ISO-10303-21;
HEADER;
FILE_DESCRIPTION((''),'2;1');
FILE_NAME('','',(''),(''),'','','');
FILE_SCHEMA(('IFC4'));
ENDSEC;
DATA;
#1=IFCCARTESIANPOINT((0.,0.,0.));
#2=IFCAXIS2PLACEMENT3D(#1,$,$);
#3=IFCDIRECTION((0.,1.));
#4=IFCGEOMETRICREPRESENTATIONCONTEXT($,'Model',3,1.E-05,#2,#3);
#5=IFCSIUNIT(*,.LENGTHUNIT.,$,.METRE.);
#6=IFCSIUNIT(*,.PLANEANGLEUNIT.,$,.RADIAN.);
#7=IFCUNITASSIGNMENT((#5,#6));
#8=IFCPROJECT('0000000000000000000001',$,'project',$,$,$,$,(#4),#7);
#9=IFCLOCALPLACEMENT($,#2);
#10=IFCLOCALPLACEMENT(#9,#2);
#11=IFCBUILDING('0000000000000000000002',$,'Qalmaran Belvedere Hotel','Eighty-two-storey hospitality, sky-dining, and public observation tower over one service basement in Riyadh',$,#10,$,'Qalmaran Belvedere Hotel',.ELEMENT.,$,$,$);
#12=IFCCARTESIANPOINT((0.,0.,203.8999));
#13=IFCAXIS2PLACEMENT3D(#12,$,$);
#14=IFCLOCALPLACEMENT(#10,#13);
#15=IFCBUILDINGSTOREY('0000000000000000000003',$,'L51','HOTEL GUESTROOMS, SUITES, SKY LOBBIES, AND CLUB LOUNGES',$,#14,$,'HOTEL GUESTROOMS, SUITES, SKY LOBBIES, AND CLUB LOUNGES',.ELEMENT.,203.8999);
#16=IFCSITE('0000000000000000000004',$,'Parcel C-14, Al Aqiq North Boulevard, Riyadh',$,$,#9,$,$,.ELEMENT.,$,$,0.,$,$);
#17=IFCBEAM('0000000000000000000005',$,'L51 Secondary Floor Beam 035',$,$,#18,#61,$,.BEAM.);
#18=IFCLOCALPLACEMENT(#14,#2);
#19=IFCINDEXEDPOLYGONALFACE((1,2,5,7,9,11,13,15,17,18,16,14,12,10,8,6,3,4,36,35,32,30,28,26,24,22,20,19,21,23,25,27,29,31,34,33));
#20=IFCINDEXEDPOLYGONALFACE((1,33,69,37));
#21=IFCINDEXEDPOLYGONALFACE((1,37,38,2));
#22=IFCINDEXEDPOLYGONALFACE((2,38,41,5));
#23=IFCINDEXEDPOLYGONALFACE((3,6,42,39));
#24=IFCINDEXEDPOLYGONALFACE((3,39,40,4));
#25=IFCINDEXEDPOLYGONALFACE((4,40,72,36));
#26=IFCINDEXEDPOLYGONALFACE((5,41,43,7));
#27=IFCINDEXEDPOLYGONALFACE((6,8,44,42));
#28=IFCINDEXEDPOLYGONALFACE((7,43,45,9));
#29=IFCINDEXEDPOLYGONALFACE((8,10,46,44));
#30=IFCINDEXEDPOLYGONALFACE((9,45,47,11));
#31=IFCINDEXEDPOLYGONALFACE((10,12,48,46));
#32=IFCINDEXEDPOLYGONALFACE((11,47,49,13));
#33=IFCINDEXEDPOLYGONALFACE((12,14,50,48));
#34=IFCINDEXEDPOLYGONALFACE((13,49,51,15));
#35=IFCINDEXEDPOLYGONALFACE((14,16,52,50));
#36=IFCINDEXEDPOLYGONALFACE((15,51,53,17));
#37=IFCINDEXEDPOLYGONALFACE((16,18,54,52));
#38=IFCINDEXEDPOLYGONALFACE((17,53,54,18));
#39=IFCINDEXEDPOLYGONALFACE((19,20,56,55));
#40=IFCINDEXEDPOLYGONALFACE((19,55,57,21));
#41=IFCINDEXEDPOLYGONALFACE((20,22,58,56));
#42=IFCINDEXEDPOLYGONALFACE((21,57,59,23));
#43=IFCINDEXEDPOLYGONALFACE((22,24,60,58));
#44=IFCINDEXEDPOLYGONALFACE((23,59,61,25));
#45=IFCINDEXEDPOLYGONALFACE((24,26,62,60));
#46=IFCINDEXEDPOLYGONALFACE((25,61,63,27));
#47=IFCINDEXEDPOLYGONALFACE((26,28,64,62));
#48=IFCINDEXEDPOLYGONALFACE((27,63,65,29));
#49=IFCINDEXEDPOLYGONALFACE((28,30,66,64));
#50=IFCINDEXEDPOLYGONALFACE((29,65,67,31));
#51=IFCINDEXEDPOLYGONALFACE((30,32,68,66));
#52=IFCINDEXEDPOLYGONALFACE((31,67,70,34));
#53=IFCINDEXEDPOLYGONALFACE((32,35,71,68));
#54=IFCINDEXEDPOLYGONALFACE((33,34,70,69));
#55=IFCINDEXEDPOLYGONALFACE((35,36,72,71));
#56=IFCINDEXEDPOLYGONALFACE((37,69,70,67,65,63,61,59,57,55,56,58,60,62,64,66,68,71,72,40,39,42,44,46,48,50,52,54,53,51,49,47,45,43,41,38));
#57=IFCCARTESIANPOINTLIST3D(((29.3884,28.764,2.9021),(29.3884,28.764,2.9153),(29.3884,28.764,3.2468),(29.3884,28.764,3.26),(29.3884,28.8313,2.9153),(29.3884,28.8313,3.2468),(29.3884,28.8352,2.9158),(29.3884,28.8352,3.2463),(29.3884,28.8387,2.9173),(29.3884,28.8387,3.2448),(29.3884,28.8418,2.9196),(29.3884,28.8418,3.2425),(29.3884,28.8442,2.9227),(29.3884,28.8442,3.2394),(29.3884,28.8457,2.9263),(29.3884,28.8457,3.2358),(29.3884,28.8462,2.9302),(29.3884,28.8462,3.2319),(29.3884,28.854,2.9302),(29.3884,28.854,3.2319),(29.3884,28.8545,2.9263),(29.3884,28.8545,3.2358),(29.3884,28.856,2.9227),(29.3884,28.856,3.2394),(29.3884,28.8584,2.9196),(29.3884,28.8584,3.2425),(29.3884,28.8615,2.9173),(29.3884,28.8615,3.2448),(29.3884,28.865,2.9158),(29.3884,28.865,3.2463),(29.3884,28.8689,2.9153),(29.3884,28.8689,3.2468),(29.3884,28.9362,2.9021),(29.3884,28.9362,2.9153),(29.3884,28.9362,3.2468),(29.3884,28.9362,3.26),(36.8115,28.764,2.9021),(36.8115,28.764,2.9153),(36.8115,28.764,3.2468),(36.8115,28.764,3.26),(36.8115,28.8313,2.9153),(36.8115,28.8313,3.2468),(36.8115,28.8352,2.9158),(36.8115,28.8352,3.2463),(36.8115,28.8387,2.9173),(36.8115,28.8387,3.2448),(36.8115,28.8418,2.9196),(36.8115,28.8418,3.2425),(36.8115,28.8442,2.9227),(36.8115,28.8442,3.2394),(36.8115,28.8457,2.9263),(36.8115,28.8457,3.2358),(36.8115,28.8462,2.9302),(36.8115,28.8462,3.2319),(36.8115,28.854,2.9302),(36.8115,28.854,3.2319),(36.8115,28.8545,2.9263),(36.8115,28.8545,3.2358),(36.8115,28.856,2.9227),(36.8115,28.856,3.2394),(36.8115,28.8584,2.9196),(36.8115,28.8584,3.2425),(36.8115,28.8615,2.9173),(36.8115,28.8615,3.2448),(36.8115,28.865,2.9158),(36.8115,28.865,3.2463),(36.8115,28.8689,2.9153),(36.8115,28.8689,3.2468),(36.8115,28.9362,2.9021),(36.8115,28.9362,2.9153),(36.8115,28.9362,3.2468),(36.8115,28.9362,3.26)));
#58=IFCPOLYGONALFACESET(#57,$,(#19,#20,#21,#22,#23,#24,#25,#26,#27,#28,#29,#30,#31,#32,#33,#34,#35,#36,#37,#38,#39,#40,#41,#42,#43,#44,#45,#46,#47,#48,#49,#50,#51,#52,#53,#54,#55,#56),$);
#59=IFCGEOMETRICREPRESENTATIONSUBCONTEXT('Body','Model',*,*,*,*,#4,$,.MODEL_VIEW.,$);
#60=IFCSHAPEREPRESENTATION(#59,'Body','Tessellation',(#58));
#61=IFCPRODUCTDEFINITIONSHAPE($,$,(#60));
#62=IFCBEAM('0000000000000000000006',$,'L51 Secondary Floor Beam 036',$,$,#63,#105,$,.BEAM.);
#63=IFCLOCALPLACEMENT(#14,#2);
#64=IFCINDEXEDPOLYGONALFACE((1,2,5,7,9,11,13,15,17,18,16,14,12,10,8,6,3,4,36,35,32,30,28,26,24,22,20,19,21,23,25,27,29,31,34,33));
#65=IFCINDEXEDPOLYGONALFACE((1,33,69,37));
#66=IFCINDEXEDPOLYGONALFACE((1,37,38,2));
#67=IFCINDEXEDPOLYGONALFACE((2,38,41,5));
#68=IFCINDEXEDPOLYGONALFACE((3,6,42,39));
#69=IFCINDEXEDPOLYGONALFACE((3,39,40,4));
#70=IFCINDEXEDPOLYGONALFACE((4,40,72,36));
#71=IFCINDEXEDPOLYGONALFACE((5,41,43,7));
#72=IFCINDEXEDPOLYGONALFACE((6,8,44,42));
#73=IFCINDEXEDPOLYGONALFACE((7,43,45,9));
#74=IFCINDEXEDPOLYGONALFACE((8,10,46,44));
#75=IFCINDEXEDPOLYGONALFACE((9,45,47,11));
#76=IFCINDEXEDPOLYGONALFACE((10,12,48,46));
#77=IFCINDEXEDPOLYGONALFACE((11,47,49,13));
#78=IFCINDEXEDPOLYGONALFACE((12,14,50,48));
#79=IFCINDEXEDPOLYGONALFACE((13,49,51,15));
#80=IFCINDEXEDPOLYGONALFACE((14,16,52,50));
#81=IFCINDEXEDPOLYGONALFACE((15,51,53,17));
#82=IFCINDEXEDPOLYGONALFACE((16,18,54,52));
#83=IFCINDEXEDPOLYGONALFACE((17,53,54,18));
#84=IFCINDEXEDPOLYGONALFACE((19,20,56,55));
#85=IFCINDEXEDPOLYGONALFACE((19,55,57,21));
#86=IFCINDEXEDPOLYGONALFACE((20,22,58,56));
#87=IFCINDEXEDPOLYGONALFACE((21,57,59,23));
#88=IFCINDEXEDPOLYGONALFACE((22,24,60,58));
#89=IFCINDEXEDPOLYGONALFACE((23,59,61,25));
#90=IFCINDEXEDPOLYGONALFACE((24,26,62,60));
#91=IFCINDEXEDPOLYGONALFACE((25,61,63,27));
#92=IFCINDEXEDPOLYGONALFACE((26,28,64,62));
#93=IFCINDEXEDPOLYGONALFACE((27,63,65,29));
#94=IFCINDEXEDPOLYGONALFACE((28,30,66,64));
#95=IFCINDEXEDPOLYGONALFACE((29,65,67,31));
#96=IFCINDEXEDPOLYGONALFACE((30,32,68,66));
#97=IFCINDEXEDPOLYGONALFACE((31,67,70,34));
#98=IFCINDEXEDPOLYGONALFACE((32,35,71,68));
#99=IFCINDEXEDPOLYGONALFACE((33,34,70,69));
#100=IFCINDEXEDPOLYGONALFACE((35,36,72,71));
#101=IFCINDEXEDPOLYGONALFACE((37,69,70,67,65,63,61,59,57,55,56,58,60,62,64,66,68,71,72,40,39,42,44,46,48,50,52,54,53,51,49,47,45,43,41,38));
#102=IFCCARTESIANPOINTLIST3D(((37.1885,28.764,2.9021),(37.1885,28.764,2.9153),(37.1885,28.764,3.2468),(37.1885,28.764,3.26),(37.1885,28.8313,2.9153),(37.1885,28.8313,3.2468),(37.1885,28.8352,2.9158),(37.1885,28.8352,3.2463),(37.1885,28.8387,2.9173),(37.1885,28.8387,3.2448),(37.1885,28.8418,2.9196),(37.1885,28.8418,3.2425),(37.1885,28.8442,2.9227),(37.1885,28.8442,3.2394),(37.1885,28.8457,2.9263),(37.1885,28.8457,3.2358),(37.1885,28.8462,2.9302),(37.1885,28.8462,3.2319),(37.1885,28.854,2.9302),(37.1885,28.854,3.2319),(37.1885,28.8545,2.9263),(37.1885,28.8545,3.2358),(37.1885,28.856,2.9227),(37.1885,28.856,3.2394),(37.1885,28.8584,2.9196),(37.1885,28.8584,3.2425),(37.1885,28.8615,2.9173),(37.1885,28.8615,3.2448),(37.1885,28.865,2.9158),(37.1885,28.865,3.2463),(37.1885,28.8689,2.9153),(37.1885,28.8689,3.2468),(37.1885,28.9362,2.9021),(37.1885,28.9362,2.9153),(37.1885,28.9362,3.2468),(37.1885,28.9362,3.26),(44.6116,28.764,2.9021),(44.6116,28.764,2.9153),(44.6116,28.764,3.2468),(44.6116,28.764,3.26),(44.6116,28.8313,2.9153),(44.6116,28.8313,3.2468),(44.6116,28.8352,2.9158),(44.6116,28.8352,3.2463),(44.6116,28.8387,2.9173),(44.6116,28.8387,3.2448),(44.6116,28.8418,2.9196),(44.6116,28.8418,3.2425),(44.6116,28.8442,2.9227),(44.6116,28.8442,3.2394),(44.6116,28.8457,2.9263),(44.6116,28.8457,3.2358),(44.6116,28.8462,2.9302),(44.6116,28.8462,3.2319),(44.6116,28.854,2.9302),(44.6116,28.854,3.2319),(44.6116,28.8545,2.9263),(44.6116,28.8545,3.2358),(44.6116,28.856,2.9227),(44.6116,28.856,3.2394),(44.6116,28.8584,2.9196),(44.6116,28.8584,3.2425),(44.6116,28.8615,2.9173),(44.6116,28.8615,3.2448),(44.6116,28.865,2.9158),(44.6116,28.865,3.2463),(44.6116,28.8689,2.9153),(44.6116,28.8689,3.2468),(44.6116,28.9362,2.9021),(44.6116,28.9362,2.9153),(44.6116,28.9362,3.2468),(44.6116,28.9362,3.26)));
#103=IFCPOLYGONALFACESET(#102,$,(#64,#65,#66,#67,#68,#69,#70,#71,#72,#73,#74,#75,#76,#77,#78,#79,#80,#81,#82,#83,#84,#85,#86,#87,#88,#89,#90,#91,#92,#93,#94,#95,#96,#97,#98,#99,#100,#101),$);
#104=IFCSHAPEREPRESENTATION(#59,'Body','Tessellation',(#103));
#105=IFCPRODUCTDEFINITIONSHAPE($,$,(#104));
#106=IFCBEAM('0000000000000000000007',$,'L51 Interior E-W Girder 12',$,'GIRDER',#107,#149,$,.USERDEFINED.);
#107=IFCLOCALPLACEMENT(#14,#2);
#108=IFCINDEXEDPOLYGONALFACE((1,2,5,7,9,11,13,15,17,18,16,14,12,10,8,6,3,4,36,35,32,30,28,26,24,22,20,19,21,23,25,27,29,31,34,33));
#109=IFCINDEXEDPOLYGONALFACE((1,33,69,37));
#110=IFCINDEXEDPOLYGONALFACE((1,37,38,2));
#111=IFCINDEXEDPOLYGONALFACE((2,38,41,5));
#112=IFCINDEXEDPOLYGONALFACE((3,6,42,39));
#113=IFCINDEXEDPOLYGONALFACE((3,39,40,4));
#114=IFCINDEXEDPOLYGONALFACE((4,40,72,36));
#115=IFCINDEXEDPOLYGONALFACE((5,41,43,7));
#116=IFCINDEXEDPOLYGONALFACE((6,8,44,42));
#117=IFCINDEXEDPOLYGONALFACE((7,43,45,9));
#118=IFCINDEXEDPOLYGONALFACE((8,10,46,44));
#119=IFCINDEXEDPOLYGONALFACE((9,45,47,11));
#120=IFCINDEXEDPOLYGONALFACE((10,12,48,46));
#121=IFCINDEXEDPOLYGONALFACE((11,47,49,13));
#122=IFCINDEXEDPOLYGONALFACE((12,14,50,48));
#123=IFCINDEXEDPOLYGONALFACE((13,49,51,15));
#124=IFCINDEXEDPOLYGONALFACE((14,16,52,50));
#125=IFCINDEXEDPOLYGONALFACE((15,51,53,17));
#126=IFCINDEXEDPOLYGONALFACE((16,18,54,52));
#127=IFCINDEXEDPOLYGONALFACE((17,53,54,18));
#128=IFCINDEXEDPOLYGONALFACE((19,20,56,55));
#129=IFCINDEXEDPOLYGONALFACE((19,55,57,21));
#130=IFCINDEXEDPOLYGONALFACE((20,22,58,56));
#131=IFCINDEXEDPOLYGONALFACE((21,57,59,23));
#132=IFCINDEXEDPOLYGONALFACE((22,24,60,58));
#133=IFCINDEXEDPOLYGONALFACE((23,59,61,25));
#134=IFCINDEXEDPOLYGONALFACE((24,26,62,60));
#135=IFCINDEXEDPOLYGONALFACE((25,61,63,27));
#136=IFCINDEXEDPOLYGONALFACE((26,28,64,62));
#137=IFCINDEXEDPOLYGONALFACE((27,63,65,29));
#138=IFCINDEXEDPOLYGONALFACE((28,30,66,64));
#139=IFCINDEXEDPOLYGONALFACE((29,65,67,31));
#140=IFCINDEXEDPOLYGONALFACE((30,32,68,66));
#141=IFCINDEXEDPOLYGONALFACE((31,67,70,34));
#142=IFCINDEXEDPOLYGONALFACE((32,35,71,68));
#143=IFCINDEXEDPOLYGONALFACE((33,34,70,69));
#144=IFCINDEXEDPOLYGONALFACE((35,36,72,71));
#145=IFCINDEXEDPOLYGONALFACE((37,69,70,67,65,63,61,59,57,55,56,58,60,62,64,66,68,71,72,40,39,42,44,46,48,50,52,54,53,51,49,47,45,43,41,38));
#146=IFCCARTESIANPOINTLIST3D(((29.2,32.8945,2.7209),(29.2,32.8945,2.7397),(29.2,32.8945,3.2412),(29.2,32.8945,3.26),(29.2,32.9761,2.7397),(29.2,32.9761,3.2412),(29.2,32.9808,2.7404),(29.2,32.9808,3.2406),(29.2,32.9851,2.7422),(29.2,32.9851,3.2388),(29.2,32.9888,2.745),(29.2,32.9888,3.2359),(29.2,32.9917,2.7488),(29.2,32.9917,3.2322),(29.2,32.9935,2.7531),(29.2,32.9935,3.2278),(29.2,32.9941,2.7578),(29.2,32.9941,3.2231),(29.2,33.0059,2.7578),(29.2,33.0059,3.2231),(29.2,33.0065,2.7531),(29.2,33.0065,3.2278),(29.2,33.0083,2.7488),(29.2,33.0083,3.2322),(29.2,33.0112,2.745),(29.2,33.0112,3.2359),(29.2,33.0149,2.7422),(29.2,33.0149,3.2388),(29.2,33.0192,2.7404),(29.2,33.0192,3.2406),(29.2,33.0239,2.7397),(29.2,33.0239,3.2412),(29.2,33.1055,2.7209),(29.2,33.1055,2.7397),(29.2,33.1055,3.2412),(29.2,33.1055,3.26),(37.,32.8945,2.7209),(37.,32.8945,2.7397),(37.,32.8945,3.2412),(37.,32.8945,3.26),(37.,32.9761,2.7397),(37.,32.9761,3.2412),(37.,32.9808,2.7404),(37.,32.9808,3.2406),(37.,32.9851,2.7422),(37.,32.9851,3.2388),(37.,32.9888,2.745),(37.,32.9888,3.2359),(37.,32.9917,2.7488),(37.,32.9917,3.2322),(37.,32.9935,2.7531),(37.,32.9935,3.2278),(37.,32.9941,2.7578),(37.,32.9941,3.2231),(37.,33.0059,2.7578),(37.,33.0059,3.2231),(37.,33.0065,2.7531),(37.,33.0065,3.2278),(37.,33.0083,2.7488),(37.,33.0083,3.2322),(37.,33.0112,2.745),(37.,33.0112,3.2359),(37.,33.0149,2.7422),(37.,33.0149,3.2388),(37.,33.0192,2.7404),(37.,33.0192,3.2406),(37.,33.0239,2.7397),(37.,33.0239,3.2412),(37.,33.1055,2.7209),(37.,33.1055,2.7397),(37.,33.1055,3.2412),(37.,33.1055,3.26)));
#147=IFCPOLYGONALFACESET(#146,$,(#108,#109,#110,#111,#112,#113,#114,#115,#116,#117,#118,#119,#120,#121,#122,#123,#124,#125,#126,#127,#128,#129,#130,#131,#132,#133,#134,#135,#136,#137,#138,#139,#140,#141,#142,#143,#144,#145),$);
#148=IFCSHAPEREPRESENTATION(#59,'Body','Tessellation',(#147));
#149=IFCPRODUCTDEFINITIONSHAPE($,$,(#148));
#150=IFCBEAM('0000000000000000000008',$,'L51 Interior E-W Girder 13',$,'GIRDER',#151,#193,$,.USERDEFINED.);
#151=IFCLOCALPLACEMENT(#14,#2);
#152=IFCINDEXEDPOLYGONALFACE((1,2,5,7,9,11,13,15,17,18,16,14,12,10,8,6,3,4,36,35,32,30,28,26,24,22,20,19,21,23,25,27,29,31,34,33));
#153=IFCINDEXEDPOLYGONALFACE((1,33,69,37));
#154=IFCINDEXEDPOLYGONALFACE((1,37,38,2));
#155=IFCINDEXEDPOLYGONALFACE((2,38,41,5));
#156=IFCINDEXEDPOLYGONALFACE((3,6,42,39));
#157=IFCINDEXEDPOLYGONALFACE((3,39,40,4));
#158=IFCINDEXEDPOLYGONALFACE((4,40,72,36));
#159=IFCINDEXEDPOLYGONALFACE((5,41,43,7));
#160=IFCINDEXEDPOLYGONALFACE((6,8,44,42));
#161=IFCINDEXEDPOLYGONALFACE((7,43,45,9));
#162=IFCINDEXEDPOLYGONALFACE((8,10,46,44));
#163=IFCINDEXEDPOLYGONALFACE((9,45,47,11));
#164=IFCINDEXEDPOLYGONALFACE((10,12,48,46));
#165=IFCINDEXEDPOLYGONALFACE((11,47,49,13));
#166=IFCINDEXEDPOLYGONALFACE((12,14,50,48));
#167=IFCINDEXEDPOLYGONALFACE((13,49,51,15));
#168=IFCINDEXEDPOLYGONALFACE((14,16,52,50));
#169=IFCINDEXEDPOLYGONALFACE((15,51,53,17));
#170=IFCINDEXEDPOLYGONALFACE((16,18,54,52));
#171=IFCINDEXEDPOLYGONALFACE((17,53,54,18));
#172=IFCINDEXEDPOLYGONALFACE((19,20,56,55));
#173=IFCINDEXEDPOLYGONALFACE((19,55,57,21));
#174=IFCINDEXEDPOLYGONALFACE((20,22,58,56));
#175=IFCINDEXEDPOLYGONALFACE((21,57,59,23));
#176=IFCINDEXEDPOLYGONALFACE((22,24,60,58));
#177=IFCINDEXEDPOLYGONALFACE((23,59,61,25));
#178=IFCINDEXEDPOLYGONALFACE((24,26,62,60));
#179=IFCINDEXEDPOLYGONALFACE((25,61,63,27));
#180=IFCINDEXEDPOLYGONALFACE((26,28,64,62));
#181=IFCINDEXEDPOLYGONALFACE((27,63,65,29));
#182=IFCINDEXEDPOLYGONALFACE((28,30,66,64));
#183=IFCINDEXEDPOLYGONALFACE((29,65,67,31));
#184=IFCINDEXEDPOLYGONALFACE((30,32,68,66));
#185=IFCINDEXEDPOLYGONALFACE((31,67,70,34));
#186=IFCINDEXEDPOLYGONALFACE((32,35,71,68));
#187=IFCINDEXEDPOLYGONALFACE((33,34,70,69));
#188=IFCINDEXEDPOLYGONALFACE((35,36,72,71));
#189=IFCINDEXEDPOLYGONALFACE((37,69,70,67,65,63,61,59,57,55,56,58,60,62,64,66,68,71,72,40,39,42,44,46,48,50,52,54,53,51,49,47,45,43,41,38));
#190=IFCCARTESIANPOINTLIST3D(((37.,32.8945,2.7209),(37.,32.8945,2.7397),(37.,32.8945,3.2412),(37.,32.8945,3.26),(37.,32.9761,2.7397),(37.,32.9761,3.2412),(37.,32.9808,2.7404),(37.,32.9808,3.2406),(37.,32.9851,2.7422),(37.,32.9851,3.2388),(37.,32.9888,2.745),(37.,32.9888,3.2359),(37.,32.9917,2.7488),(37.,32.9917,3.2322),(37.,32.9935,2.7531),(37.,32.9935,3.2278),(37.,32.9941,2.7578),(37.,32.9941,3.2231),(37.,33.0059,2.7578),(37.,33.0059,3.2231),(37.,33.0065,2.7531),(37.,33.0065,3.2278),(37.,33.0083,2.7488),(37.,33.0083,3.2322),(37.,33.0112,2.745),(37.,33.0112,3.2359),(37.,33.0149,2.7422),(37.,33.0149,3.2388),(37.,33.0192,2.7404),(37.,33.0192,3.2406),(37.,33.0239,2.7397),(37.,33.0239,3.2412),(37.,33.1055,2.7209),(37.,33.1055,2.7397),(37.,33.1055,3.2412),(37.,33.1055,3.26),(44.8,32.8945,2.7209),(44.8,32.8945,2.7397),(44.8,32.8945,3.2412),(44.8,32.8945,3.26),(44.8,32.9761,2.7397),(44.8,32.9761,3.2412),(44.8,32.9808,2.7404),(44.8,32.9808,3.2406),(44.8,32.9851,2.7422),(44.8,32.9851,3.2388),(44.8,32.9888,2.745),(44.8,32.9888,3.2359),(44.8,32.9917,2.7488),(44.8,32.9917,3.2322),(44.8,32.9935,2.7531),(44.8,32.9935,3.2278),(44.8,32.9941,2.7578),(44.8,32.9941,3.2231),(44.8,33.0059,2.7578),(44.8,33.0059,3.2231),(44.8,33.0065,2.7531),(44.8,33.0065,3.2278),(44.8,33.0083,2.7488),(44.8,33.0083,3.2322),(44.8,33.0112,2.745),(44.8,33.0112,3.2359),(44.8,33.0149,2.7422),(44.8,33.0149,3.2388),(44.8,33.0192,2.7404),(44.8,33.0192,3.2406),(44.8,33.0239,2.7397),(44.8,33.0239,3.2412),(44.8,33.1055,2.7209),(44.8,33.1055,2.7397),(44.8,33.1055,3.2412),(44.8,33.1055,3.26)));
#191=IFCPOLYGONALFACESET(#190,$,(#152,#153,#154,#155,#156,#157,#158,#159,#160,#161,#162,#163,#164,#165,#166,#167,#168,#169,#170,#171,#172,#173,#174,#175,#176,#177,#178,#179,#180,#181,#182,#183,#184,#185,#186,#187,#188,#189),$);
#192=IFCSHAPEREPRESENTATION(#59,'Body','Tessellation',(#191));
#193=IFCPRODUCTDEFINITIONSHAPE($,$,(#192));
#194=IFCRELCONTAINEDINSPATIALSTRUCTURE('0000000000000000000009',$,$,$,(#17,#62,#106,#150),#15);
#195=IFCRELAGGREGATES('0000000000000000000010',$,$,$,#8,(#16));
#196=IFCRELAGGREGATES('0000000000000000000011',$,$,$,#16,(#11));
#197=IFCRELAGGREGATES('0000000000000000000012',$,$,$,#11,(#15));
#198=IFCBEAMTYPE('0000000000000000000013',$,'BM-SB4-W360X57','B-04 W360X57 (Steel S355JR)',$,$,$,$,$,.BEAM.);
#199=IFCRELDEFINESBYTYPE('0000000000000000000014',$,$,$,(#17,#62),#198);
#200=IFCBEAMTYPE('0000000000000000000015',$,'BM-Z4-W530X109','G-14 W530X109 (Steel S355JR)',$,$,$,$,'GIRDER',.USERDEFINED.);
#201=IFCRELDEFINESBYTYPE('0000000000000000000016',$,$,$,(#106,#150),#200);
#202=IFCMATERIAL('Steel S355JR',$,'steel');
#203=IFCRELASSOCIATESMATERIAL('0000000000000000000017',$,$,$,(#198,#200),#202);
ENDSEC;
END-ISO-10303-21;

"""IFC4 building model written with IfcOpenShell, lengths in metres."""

from ifc_helpers import new_model, si_unit, direction, frame, origin, origin_2d, place, context, subcontext, project, spatial, i_section, extrude, material, material_profile, profile_set, type_object, element, save


model = new_model("IFC4")

# Units and contexts
model_context = context("Model", 3, precision=1e-05, world=origin(), true_north=direction((0.0, 1.0)))
body_context = subcontext(model_context, "Body", "Model", "MODEL_VIEW")
ifc_project = project(units=[si_unit("LENGTHUNIT", "METRE"), si_unit("PLANEANGLEUNIT", "RADIAN")], contexts=[model_context])

# Site, building, storey
site_placement = place(None, origin())
site = spatial("IfcSite", under=ifc_project, at=site_placement, Name="Parcel C-14, Al Aqiq North Boulevard, Riyadh", CompositionType="ELEMENT", RefElevation=0.0)
building_placement = place(site_placement, origin())
building = spatial("IfcBuilding", under=site, at=building_placement, Name="Qalmaran Belvedere Hotel", Description="Eighty-two-storey hospitality, sky-dining, and public observation tower over one service basement in Riyadh", LongName="Qalmaran Belvedere Hotel", CompositionType="ELEMENT")
storey_placement = place(building_placement, frame((0.0, 0.0, 203.8999)))
storey = spatial("IfcBuildingStorey", under=building, at=storey_placement, Name="L51", Description="HOTEL GUESTROOMS, SUITES, SKY LOBBIES, AND CLUB LOUNGES", LongName="HOTEL GUESTROOMS, SUITES, SKY LOBBIES, AND CLUB LOUNGES", CompositionType="ELEMENT", Elevation=203.8999)

# Beams
ifc_material_1 = material(Name="Steel S355JR", Category="steel")
ifc_material_profile_1 = material_profile(ifc_material_1, i_section(OverallWidth=0.1721, OverallDepth=0.3579, WebThickness=0.0078, FlangeThickness=0.0132, FilletRadius=0.0149, at=origin_2d()), Name="W360X57")
ifc_profile_set_1 = profile_set([ifc_material_profile_1], Name="Steel S355JR")
beam_type_1 = type_object("IfcBeamType", Name="BM-SB4-W360X57", Description="B-04 W360X57 (Steel S355JR)", PredefinedType="BEAM", material=ifc_profile_set_1)
for number, where, z_axis, x_axis, name in (
    (1, (29.3884, 28.8501, 3.0811), (1.0, 0.0, 0.0), (0.0, 1.0, 0.0), "L51 Secondary Floor Beam 035"),
    (2, (37.1885, 28.8501, 3.0811), (1.0, 0.0, 0.0), (0.0, 1.0, 0.0), "L51 Secondary Floor Beam 036"),
):
    element("IfcBeam", number, at=place(storey_placement, frame(where, z_axis=z_axis, x_axis=x_axis)), inside=storey, type_object=beam_type_1, Name=name, PredefinedType="BEAM", context=body_context, shape_type="SweptSolid", body=[
        extrude(i_section(OverallWidth=0.1721, OverallDepth=0.3579, WebThickness=0.0078, FlangeThickness=0.0132, FilletRadius=0.0149, at=origin_2d()), origin(), (0.0, 0.0, 1.0), 7.4231),
    ])
ifc_material_profile_2 = material_profile(ifc_material_1, i_section(OverallWidth=0.2109, OverallDepth=0.5391, WebThickness=0.0117, FlangeThickness=0.0188, FilletRadius=0.0181, at=origin_2d()), Name="W530X109")
ifc_profile_set_2 = profile_set([ifc_material_profile_2], Name="Steel S355JR")
beam_type_2 = type_object("IfcBeamType", Name="BM-Z4-W530X109", Description="G-14 W530X109 (Steel S355JR)", ElementType="GIRDER", PredefinedType="USERDEFINED", material=ifc_profile_set_2)
for number, where, z_axis, x_axis, name in (
    (3, (29.2, 33.0, 2.9905), (1.0, 0.0, 0.0), (0.0, 1.0, 0.0), "L51 Interior E-W Girder 12"),
    (4, (37.0, 33.0, 2.9905), (1.0, 0.0, 0.0), (0.0, 1.0, 0.0), "L51 Interior E-W Girder 13"),
):
    element("IfcBeam", number, at=place(storey_placement, frame(where, z_axis=z_axis, x_axis=x_axis)), inside=storey, type_object=beam_type_2, Name=name, ObjectType="GIRDER", PredefinedType="USERDEFINED", context=body_context, shape_type="SweptSolid", body=[
        extrude(i_section(OverallWidth=0.2109, OverallDepth=0.5391, WebThickness=0.0117, FlangeThickness=0.0188, FilletRadius=0.0181, at=origin_2d()), origin(), (0.0, 0.0, 1.0), 7.8),
    ])

save(model, "model.ifc")
